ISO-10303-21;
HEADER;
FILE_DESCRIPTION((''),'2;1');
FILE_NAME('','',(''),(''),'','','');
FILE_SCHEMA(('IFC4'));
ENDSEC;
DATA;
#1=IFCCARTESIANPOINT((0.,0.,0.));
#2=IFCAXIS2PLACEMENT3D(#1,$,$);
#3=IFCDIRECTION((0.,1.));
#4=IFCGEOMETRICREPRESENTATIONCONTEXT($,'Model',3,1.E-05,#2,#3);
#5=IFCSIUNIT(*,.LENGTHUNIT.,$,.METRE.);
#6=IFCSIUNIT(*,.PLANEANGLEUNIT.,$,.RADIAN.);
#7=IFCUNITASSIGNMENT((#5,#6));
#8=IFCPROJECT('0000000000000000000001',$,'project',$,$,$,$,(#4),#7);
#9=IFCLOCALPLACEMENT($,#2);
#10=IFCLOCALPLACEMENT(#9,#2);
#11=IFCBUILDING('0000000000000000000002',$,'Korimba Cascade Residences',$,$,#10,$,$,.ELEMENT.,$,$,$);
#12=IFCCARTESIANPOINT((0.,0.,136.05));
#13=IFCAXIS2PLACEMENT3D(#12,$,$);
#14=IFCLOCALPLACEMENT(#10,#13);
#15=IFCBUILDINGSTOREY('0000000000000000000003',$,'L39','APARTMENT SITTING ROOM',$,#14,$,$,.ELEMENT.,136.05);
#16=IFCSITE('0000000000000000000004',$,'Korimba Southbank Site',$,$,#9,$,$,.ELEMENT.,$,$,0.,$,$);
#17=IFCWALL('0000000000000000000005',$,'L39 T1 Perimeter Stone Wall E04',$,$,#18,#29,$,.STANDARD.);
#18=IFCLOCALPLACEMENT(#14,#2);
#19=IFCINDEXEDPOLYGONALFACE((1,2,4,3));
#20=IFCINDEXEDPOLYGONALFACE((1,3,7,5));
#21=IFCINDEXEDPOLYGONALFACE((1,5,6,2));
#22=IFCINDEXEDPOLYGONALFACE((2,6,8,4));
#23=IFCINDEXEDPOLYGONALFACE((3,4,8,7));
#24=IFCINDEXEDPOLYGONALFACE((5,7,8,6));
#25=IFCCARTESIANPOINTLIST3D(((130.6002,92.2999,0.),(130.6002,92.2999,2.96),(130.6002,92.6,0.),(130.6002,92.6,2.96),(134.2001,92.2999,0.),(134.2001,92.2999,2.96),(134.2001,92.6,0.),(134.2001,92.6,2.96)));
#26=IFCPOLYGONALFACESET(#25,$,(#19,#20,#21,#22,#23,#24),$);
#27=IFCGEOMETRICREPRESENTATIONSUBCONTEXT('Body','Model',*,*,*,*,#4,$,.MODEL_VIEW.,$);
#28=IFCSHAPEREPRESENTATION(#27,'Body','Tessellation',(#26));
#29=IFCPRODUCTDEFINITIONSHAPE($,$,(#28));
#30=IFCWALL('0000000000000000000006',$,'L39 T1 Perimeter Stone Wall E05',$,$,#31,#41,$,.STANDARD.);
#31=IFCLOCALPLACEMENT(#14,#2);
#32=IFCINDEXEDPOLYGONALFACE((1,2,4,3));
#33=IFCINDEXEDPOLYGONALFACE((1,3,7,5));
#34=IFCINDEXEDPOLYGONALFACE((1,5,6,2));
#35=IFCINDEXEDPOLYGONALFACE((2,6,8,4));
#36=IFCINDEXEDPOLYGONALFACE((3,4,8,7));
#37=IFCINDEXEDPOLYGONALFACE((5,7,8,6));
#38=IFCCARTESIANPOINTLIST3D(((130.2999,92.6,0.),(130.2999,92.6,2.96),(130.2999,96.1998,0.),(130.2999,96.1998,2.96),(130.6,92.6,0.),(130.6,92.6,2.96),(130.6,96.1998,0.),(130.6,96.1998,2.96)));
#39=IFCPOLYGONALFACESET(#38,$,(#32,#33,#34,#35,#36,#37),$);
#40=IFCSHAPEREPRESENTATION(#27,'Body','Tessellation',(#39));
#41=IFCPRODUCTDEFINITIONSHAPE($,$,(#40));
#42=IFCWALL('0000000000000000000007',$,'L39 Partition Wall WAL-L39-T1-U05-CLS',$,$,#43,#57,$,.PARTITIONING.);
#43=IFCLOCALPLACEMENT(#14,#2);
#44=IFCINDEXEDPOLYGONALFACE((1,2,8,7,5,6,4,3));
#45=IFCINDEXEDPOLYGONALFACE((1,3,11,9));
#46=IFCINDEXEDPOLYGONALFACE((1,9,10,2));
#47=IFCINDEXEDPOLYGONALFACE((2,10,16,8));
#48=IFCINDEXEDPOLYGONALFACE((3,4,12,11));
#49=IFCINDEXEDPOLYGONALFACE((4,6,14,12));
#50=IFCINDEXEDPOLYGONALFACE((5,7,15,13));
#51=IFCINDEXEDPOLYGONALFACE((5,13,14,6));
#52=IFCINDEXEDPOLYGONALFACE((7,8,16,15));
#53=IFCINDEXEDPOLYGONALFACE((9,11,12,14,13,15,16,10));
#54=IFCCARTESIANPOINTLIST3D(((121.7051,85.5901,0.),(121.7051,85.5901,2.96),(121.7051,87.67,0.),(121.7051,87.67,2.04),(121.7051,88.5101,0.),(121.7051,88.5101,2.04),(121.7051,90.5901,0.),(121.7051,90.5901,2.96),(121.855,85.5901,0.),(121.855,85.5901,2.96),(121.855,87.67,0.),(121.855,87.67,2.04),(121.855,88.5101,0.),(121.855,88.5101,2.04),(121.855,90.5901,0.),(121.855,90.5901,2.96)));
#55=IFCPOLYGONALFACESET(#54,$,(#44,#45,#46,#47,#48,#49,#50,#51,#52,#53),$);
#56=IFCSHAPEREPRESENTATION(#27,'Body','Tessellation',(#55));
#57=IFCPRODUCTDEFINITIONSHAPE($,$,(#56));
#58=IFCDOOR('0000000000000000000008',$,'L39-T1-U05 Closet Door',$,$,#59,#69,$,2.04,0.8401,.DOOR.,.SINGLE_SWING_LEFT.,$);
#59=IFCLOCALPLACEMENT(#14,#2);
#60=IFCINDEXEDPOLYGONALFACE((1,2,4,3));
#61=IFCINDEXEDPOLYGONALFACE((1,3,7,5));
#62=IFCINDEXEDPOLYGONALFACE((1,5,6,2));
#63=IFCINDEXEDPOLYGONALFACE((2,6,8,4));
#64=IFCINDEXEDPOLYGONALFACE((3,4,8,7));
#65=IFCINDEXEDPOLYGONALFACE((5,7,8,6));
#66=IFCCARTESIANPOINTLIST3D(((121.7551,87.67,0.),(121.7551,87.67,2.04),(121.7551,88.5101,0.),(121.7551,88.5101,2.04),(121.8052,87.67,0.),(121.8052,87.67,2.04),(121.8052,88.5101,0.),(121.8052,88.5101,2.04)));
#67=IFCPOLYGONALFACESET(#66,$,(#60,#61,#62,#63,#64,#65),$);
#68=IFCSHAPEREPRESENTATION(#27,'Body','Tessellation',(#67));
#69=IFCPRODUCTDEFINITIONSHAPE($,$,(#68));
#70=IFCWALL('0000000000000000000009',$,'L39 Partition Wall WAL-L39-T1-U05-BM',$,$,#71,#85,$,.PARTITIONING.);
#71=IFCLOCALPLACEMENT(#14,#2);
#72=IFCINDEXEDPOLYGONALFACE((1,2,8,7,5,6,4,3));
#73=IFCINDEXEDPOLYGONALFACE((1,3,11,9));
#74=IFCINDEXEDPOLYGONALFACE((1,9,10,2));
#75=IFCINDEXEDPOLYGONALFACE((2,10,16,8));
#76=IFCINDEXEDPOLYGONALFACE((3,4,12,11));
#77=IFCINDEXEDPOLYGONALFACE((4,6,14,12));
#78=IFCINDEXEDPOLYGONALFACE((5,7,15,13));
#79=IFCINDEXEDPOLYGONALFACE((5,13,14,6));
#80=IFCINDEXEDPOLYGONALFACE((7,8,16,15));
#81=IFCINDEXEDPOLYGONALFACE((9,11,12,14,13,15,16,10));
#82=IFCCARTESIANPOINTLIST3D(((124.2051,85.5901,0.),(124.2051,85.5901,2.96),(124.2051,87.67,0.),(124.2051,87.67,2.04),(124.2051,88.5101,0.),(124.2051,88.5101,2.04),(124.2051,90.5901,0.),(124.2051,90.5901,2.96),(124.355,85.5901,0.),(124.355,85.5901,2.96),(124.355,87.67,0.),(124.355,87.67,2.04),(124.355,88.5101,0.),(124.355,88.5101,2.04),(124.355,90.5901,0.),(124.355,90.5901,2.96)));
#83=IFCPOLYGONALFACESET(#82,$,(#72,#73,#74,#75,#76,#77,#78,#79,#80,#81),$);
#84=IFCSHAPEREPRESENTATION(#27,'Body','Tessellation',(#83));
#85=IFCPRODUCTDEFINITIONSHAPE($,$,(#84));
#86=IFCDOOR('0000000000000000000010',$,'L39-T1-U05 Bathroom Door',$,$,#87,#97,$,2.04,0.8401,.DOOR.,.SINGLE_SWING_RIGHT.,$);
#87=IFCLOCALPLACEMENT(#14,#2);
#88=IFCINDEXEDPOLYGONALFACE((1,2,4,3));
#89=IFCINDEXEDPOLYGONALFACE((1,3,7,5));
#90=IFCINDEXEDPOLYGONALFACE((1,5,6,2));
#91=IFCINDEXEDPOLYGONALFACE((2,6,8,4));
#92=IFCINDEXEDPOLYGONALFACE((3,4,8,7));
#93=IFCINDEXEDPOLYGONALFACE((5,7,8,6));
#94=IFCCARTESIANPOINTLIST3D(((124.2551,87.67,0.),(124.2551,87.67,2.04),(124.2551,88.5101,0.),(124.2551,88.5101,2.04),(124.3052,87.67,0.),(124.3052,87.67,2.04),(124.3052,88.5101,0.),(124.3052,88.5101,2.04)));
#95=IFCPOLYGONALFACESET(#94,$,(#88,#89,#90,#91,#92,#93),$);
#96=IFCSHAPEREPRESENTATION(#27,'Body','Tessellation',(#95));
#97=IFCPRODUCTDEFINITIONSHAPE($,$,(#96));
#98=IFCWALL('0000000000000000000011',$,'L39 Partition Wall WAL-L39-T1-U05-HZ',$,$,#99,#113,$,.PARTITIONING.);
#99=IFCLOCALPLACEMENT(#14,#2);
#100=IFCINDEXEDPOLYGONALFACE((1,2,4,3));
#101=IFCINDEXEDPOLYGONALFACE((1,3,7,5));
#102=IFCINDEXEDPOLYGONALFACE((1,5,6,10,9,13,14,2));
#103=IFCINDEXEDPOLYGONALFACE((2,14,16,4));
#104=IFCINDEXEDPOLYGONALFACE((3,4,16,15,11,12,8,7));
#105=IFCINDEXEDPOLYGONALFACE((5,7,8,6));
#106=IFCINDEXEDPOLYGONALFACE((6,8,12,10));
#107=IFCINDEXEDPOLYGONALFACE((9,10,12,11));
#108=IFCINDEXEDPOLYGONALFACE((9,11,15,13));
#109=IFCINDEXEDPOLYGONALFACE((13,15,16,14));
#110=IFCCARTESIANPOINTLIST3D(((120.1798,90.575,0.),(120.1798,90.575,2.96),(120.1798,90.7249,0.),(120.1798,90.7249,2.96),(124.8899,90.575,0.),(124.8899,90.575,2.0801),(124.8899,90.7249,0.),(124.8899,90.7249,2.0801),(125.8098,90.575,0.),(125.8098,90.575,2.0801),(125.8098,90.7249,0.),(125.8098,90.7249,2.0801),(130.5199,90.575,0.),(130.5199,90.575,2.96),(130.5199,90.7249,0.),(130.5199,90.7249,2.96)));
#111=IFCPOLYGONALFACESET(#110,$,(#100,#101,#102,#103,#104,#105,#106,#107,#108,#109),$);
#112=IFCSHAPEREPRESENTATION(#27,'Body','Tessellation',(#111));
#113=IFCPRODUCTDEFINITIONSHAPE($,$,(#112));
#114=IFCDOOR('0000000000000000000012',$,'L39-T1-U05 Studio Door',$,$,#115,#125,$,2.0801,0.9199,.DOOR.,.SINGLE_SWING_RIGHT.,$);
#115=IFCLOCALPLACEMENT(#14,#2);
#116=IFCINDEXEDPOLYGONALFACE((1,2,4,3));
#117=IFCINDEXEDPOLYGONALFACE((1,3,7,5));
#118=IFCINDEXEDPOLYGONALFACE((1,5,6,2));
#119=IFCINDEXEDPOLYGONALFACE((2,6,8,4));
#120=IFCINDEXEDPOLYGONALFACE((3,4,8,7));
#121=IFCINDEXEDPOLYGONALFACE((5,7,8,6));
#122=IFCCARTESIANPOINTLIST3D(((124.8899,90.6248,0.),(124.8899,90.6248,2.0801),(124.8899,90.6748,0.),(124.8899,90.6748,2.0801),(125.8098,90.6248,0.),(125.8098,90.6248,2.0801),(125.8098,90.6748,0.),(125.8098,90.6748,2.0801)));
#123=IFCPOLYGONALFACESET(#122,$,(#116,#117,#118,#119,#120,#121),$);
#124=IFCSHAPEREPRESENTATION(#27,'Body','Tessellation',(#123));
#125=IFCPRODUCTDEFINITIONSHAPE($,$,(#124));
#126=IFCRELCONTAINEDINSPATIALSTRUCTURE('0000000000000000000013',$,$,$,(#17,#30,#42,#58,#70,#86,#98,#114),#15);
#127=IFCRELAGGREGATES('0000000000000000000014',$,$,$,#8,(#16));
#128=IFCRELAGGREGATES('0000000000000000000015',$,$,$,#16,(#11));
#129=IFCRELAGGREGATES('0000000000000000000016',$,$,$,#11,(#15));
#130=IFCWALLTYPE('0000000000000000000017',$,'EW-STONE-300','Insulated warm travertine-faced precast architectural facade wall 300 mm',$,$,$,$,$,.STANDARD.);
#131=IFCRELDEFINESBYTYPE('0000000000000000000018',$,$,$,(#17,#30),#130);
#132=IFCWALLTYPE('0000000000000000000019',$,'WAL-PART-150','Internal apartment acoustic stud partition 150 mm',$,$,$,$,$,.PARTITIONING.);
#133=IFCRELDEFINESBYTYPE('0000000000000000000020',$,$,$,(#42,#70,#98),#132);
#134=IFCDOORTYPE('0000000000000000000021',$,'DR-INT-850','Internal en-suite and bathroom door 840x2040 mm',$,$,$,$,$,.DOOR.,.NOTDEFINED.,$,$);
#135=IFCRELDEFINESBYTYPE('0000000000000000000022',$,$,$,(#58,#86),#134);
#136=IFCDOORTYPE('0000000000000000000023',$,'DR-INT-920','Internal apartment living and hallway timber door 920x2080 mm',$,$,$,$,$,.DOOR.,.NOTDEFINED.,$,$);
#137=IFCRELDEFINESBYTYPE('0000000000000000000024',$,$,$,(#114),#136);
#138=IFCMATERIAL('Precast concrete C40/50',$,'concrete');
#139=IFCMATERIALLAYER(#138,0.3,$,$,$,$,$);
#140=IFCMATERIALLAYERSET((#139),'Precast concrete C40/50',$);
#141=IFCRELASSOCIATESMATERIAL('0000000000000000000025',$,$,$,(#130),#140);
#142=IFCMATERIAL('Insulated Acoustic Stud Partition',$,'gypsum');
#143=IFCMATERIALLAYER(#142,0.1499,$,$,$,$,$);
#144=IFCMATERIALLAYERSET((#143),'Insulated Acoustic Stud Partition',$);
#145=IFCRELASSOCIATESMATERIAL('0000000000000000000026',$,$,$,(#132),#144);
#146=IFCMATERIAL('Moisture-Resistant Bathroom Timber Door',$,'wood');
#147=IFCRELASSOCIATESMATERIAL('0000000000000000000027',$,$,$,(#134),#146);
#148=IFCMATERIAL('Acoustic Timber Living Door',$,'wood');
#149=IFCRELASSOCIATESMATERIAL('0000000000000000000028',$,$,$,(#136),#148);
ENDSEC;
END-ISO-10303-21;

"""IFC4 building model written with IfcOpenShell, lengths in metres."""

from ifc_helpers import new_model, si_unit, direction, frame, frame_2d, origin, place, context, subcontext, project, spatial, rectangle, extrude, material, layer, layer_set, type_object, element, fill, save


model = new_model("IFC4")

# Units and contexts
model_context = context("Model", 3, precision=1e-05, world=origin(), true_north=direction((0.0, 1.0)))
body_context = subcontext(model_context, "Body", "Model", "MODEL_VIEW")
ifc_project = project(units=[si_unit("LENGTHUNIT", "METRE"), si_unit("PLANEANGLEUNIT", "RADIAN")], contexts=[model_context])

# Site, building, storey
site_placement = place(None, origin())
site = spatial("IfcSite", under=ifc_project, at=site_placement, Name="Korimba Southbank Site", CompositionType="ELEMENT", RefElevation=0.0)
building_placement = place(site_placement, origin())
building = spatial("IfcBuilding", under=site, at=building_placement, Name="Korimba Cascade Residences", CompositionType="ELEMENT")
storey_placement = place(building_placement, frame((0.0, 0.0, 136.05)))
storey = spatial("IfcBuildingStorey", under=building, at=storey_placement, Name="L39", Description="APARTMENT SITTING ROOM", CompositionType="ELEMENT", Elevation=136.05)

# Shared definitions
ifc_material_1 = material(Name="Precast concrete C40/50", Category="concrete")

# Walls
ifc_layer_1 = layer(ifc_material_1, 0.3)
ifc_layer_set_1 = layer_set([ifc_layer_1], Name="Precast concrete C40/50")
wall_type_1 = type_object("IfcWallType", Name="EW-STONE-300", Description="Insulated warm travertine-faced precast architectural facade wall 300 mm", PredefinedType="STANDARD", material=ifc_layer_set_1)
for number, where, z_axis, x_axis, name in (
    (1, (134.2, 92.45, 0.0), (0.0, 0.0, 1.0), (-1.0, 0.0, 0.0), "L39 T1 Perimeter Stone Wall E04"),
    (2, (130.45, 92.6001, 0.0), (0.0, 0.0, 1.0), (0.0, 1.0, 0.0), "L39 T1 Perimeter Stone Wall E05"),
):
    element("IfcWall", number, at=place(storey_placement, frame(where, z_axis=z_axis, x_axis=x_axis)), inside=storey, type_object=wall_type_1, Name=name, PredefinedType="STANDARD", context=body_context, shape_type="SweptSolid", body=[
        extrude(rectangle(XDim=3.5999, YDim=0.3, at=frame_2d((1.7998, 0.0))), origin(), (0.0, 0.0, 1.0), 2.96),
    ])

# Walls, openings, doors
ifc_material_2 = material(Name="Insulated Acoustic Stud Partition", Category="gypsum")
ifc_layer_2 = layer(ifc_material_2, 0.1499)
ifc_layer_set_2 = layer_set([ifc_layer_2], Name="Insulated Acoustic Stud Partition")
wall_type_2 = type_object("IfcWallType", Name="WAL-PART-150", Description="Internal apartment acoustic stud partition 150 mm", PredefinedType="PARTITIONING", material=ifc_layer_set_2)
wall_1_placement = place(storey_placement, frame((121.78, 85.5901, 0.0), z_axis=(0.0, 0.0, 1.0), x_axis=(0.0, 1.0, 0.0)))
wall_1 = element("IfcWall", 3, at=wall_1_placement, inside=storey, type_object=wall_type_2, Name="L39 Partition Wall WAL-L39-T1-U05-CLS", PredefinedType="PARTITIONING", context=body_context, shape_type="SweptSolid", body=[
    extrude(rectangle(XDim=5.0, YDim=0.1499, at=frame_2d((2.5, 0.0))), origin(), (0.0, 0.0, 1.0), 2.96),
])
opening_1_placement = place(wall_1_placement, frame((2.0801, 0.0, 0.0)))
opening_1 = element("IfcOpeningElement", 4, at=opening_1_placement, cuts=wall_1, PredefinedType="OPENING", context=body_context, shape_type="SweptSolid", body=[
    extrude(rectangle(XDim=0.8401, YDim=2.04, at=frame_2d((0.4199, 1.02))), frame((0.0, 0.085, 0.0), z_axis=(0.0, -1.0, 0.0), x_axis=(1.0, 0.0, 0.0)), (0.0, 0.0, 1.0), 0.1699),
])
ifc_material_3 = material(Name="Moisture-Resistant Bathroom Timber Door", Category="wood")
door_type_1 = type_object("IfcDoorType", Name="DR-INT-850", Description="Internal en-suite and bathroom door 840x2040 mm", OperationType="NOTDEFINED", PredefinedType="DOOR", material=ifc_material_3)
door_1_placement = place(opening_1_placement, origin())
door_1 = element("IfcDoor", 5, at=door_1_placement, inside=storey, type_object=door_type_1, Name="L39-T1-U05 Closet Door", OperationType="SINGLE_SWING_LEFT", OverallHeight=2.04, OverallWidth=0.8401, PredefinedType="DOOR", context=body_context, shape_type="SweptSolid", body=[
    extrude(rectangle(XDim=0.8401, YDim=2.04, at=frame_2d((0.4199, 1.02))), frame((0.0, 0.0249, 0.0), z_axis=(0.0, -1.0, 0.0), x_axis=(1.0, 0.0, 0.0)), (0.0, 0.0, 1.0), 0.05),
])
fill(opening_1, door_1)
wall_2_placement = place(storey_placement, frame((124.28, 85.5901, 0.0), z_axis=(0.0, 0.0, 1.0), x_axis=(0.0, 1.0, 0.0)))
wall_2 = element("IfcWall", 6, at=wall_2_placement, inside=storey, type_object=wall_type_2, Name="L39 Partition Wall WAL-L39-T1-U05-BM", PredefinedType="PARTITIONING", context=body_context, shape_type="SweptSolid", body=[
    extrude(rectangle(XDim=5.0, YDim=0.1499, at=frame_2d((2.5, 0.0))), origin(), (0.0, 0.0, 1.0), 2.96),
])
opening_2_placement = place(wall_2_placement, frame((2.0801, 0.0, 0.0)))
opening_2 = element("IfcOpeningElement", 7, at=opening_2_placement, cuts=wall_2, PredefinedType="OPENING", context=body_context, shape_type="SweptSolid", body=[
    extrude(rectangle(XDim=0.8401, YDim=2.04, at=frame_2d((0.4199, 1.02))), frame((0.0, 0.085, 0.0), z_axis=(0.0, -1.0, 0.0), x_axis=(1.0, 0.0, 0.0)), (0.0, 0.0, 1.0), 0.1699),
])
door_2_placement = place(opening_2_placement, origin())
door_2 = element("IfcDoor", 8, at=door_2_placement, inside=storey, type_object=door_type_1, Name="L39-T1-U05 Bathroom Door", OperationType="SINGLE_SWING_RIGHT", OverallHeight=2.04, OverallWidth=0.8401, PredefinedType="DOOR", context=body_context, shape_type="SweptSolid", body=[
    extrude(rectangle(XDim=0.8401, YDim=2.04, at=frame_2d((0.4199, 1.02))), frame((0.0, 0.0249, 0.0), z_axis=(0.0, -1.0, 0.0), x_axis=(1.0, 0.0, 0.0)), (0.0, 0.0, 1.0), 0.05),
])
fill(opening_2, door_2)
wall_3_placement = place(storey_placement, frame((120.1799, 90.6499, 0.0), z_axis=(0.0, 0.0, 1.0), x_axis=(1.0, 0.0, 0.0)))
wall_3 = element("IfcWall", 9, at=wall_3_placement, inside=storey, type_object=wall_type_2, Name="L39 Partition Wall WAL-L39-T1-U05-HZ", PredefinedType="PARTITIONING", context=body_context, shape_type="SweptSolid", body=[
    extrude(rectangle(XDim=10.3401, YDim=0.1499, at=frame_2d((5.1699, 0.0))), origin(), (0.0, 0.0, 1.0), 2.96),
])
opening_3_placement = place(wall_3_placement, frame((4.71, 0.0, 0.0)))
opening_3 = element("IfcOpeningElement", 10, at=opening_3_placement, cuts=wall_3, PredefinedType="OPENING", context=body_context, shape_type="SweptSolid", body=[
    extrude(rectangle(XDim=0.9199, YDim=2.0801, at=frame_2d((0.46, 1.04))), frame((0.0, 0.085, 0.0), z_axis=(0.0, -1.0, 0.0), x_axis=(1.0, 0.0, 0.0)), (0.0, 0.0, 1.0), 0.1699),
])
ifc_material_4 = material(Name="Acoustic Timber Living Door", Category="wood")
door_type_2 = type_object("IfcDoorType", Name="DR-INT-920", Description="Internal apartment living and hallway timber door 920x2080 mm", OperationType="NOTDEFINED", PredefinedType="DOOR", material=ifc_material_4)
door_3_placement = place(opening_3_placement, origin())
door_3 = element("IfcDoor", 11, at=door_3_placement, inside=storey, type_object=door_type_2, Name="L39-T1-U05 Studio Door", OperationType="SINGLE_SWING_RIGHT", OverallHeight=2.0801, OverallWidth=0.9199, PredefinedType="DOOR", context=body_context, shape_type="SweptSolid", body=[
    extrude(rectangle(XDim=0.9199, YDim=2.0801, at=frame_2d((0.46, 1.04))), frame((0.0, 0.0249, 0.0), z_axis=(0.0, -1.0, 0.0), x_axis=(1.0, 0.0, 0.0)), (0.0, 0.0, 1.0), 0.05),
])
fill(opening_3, door_3)

save(model, "model.ifc")
